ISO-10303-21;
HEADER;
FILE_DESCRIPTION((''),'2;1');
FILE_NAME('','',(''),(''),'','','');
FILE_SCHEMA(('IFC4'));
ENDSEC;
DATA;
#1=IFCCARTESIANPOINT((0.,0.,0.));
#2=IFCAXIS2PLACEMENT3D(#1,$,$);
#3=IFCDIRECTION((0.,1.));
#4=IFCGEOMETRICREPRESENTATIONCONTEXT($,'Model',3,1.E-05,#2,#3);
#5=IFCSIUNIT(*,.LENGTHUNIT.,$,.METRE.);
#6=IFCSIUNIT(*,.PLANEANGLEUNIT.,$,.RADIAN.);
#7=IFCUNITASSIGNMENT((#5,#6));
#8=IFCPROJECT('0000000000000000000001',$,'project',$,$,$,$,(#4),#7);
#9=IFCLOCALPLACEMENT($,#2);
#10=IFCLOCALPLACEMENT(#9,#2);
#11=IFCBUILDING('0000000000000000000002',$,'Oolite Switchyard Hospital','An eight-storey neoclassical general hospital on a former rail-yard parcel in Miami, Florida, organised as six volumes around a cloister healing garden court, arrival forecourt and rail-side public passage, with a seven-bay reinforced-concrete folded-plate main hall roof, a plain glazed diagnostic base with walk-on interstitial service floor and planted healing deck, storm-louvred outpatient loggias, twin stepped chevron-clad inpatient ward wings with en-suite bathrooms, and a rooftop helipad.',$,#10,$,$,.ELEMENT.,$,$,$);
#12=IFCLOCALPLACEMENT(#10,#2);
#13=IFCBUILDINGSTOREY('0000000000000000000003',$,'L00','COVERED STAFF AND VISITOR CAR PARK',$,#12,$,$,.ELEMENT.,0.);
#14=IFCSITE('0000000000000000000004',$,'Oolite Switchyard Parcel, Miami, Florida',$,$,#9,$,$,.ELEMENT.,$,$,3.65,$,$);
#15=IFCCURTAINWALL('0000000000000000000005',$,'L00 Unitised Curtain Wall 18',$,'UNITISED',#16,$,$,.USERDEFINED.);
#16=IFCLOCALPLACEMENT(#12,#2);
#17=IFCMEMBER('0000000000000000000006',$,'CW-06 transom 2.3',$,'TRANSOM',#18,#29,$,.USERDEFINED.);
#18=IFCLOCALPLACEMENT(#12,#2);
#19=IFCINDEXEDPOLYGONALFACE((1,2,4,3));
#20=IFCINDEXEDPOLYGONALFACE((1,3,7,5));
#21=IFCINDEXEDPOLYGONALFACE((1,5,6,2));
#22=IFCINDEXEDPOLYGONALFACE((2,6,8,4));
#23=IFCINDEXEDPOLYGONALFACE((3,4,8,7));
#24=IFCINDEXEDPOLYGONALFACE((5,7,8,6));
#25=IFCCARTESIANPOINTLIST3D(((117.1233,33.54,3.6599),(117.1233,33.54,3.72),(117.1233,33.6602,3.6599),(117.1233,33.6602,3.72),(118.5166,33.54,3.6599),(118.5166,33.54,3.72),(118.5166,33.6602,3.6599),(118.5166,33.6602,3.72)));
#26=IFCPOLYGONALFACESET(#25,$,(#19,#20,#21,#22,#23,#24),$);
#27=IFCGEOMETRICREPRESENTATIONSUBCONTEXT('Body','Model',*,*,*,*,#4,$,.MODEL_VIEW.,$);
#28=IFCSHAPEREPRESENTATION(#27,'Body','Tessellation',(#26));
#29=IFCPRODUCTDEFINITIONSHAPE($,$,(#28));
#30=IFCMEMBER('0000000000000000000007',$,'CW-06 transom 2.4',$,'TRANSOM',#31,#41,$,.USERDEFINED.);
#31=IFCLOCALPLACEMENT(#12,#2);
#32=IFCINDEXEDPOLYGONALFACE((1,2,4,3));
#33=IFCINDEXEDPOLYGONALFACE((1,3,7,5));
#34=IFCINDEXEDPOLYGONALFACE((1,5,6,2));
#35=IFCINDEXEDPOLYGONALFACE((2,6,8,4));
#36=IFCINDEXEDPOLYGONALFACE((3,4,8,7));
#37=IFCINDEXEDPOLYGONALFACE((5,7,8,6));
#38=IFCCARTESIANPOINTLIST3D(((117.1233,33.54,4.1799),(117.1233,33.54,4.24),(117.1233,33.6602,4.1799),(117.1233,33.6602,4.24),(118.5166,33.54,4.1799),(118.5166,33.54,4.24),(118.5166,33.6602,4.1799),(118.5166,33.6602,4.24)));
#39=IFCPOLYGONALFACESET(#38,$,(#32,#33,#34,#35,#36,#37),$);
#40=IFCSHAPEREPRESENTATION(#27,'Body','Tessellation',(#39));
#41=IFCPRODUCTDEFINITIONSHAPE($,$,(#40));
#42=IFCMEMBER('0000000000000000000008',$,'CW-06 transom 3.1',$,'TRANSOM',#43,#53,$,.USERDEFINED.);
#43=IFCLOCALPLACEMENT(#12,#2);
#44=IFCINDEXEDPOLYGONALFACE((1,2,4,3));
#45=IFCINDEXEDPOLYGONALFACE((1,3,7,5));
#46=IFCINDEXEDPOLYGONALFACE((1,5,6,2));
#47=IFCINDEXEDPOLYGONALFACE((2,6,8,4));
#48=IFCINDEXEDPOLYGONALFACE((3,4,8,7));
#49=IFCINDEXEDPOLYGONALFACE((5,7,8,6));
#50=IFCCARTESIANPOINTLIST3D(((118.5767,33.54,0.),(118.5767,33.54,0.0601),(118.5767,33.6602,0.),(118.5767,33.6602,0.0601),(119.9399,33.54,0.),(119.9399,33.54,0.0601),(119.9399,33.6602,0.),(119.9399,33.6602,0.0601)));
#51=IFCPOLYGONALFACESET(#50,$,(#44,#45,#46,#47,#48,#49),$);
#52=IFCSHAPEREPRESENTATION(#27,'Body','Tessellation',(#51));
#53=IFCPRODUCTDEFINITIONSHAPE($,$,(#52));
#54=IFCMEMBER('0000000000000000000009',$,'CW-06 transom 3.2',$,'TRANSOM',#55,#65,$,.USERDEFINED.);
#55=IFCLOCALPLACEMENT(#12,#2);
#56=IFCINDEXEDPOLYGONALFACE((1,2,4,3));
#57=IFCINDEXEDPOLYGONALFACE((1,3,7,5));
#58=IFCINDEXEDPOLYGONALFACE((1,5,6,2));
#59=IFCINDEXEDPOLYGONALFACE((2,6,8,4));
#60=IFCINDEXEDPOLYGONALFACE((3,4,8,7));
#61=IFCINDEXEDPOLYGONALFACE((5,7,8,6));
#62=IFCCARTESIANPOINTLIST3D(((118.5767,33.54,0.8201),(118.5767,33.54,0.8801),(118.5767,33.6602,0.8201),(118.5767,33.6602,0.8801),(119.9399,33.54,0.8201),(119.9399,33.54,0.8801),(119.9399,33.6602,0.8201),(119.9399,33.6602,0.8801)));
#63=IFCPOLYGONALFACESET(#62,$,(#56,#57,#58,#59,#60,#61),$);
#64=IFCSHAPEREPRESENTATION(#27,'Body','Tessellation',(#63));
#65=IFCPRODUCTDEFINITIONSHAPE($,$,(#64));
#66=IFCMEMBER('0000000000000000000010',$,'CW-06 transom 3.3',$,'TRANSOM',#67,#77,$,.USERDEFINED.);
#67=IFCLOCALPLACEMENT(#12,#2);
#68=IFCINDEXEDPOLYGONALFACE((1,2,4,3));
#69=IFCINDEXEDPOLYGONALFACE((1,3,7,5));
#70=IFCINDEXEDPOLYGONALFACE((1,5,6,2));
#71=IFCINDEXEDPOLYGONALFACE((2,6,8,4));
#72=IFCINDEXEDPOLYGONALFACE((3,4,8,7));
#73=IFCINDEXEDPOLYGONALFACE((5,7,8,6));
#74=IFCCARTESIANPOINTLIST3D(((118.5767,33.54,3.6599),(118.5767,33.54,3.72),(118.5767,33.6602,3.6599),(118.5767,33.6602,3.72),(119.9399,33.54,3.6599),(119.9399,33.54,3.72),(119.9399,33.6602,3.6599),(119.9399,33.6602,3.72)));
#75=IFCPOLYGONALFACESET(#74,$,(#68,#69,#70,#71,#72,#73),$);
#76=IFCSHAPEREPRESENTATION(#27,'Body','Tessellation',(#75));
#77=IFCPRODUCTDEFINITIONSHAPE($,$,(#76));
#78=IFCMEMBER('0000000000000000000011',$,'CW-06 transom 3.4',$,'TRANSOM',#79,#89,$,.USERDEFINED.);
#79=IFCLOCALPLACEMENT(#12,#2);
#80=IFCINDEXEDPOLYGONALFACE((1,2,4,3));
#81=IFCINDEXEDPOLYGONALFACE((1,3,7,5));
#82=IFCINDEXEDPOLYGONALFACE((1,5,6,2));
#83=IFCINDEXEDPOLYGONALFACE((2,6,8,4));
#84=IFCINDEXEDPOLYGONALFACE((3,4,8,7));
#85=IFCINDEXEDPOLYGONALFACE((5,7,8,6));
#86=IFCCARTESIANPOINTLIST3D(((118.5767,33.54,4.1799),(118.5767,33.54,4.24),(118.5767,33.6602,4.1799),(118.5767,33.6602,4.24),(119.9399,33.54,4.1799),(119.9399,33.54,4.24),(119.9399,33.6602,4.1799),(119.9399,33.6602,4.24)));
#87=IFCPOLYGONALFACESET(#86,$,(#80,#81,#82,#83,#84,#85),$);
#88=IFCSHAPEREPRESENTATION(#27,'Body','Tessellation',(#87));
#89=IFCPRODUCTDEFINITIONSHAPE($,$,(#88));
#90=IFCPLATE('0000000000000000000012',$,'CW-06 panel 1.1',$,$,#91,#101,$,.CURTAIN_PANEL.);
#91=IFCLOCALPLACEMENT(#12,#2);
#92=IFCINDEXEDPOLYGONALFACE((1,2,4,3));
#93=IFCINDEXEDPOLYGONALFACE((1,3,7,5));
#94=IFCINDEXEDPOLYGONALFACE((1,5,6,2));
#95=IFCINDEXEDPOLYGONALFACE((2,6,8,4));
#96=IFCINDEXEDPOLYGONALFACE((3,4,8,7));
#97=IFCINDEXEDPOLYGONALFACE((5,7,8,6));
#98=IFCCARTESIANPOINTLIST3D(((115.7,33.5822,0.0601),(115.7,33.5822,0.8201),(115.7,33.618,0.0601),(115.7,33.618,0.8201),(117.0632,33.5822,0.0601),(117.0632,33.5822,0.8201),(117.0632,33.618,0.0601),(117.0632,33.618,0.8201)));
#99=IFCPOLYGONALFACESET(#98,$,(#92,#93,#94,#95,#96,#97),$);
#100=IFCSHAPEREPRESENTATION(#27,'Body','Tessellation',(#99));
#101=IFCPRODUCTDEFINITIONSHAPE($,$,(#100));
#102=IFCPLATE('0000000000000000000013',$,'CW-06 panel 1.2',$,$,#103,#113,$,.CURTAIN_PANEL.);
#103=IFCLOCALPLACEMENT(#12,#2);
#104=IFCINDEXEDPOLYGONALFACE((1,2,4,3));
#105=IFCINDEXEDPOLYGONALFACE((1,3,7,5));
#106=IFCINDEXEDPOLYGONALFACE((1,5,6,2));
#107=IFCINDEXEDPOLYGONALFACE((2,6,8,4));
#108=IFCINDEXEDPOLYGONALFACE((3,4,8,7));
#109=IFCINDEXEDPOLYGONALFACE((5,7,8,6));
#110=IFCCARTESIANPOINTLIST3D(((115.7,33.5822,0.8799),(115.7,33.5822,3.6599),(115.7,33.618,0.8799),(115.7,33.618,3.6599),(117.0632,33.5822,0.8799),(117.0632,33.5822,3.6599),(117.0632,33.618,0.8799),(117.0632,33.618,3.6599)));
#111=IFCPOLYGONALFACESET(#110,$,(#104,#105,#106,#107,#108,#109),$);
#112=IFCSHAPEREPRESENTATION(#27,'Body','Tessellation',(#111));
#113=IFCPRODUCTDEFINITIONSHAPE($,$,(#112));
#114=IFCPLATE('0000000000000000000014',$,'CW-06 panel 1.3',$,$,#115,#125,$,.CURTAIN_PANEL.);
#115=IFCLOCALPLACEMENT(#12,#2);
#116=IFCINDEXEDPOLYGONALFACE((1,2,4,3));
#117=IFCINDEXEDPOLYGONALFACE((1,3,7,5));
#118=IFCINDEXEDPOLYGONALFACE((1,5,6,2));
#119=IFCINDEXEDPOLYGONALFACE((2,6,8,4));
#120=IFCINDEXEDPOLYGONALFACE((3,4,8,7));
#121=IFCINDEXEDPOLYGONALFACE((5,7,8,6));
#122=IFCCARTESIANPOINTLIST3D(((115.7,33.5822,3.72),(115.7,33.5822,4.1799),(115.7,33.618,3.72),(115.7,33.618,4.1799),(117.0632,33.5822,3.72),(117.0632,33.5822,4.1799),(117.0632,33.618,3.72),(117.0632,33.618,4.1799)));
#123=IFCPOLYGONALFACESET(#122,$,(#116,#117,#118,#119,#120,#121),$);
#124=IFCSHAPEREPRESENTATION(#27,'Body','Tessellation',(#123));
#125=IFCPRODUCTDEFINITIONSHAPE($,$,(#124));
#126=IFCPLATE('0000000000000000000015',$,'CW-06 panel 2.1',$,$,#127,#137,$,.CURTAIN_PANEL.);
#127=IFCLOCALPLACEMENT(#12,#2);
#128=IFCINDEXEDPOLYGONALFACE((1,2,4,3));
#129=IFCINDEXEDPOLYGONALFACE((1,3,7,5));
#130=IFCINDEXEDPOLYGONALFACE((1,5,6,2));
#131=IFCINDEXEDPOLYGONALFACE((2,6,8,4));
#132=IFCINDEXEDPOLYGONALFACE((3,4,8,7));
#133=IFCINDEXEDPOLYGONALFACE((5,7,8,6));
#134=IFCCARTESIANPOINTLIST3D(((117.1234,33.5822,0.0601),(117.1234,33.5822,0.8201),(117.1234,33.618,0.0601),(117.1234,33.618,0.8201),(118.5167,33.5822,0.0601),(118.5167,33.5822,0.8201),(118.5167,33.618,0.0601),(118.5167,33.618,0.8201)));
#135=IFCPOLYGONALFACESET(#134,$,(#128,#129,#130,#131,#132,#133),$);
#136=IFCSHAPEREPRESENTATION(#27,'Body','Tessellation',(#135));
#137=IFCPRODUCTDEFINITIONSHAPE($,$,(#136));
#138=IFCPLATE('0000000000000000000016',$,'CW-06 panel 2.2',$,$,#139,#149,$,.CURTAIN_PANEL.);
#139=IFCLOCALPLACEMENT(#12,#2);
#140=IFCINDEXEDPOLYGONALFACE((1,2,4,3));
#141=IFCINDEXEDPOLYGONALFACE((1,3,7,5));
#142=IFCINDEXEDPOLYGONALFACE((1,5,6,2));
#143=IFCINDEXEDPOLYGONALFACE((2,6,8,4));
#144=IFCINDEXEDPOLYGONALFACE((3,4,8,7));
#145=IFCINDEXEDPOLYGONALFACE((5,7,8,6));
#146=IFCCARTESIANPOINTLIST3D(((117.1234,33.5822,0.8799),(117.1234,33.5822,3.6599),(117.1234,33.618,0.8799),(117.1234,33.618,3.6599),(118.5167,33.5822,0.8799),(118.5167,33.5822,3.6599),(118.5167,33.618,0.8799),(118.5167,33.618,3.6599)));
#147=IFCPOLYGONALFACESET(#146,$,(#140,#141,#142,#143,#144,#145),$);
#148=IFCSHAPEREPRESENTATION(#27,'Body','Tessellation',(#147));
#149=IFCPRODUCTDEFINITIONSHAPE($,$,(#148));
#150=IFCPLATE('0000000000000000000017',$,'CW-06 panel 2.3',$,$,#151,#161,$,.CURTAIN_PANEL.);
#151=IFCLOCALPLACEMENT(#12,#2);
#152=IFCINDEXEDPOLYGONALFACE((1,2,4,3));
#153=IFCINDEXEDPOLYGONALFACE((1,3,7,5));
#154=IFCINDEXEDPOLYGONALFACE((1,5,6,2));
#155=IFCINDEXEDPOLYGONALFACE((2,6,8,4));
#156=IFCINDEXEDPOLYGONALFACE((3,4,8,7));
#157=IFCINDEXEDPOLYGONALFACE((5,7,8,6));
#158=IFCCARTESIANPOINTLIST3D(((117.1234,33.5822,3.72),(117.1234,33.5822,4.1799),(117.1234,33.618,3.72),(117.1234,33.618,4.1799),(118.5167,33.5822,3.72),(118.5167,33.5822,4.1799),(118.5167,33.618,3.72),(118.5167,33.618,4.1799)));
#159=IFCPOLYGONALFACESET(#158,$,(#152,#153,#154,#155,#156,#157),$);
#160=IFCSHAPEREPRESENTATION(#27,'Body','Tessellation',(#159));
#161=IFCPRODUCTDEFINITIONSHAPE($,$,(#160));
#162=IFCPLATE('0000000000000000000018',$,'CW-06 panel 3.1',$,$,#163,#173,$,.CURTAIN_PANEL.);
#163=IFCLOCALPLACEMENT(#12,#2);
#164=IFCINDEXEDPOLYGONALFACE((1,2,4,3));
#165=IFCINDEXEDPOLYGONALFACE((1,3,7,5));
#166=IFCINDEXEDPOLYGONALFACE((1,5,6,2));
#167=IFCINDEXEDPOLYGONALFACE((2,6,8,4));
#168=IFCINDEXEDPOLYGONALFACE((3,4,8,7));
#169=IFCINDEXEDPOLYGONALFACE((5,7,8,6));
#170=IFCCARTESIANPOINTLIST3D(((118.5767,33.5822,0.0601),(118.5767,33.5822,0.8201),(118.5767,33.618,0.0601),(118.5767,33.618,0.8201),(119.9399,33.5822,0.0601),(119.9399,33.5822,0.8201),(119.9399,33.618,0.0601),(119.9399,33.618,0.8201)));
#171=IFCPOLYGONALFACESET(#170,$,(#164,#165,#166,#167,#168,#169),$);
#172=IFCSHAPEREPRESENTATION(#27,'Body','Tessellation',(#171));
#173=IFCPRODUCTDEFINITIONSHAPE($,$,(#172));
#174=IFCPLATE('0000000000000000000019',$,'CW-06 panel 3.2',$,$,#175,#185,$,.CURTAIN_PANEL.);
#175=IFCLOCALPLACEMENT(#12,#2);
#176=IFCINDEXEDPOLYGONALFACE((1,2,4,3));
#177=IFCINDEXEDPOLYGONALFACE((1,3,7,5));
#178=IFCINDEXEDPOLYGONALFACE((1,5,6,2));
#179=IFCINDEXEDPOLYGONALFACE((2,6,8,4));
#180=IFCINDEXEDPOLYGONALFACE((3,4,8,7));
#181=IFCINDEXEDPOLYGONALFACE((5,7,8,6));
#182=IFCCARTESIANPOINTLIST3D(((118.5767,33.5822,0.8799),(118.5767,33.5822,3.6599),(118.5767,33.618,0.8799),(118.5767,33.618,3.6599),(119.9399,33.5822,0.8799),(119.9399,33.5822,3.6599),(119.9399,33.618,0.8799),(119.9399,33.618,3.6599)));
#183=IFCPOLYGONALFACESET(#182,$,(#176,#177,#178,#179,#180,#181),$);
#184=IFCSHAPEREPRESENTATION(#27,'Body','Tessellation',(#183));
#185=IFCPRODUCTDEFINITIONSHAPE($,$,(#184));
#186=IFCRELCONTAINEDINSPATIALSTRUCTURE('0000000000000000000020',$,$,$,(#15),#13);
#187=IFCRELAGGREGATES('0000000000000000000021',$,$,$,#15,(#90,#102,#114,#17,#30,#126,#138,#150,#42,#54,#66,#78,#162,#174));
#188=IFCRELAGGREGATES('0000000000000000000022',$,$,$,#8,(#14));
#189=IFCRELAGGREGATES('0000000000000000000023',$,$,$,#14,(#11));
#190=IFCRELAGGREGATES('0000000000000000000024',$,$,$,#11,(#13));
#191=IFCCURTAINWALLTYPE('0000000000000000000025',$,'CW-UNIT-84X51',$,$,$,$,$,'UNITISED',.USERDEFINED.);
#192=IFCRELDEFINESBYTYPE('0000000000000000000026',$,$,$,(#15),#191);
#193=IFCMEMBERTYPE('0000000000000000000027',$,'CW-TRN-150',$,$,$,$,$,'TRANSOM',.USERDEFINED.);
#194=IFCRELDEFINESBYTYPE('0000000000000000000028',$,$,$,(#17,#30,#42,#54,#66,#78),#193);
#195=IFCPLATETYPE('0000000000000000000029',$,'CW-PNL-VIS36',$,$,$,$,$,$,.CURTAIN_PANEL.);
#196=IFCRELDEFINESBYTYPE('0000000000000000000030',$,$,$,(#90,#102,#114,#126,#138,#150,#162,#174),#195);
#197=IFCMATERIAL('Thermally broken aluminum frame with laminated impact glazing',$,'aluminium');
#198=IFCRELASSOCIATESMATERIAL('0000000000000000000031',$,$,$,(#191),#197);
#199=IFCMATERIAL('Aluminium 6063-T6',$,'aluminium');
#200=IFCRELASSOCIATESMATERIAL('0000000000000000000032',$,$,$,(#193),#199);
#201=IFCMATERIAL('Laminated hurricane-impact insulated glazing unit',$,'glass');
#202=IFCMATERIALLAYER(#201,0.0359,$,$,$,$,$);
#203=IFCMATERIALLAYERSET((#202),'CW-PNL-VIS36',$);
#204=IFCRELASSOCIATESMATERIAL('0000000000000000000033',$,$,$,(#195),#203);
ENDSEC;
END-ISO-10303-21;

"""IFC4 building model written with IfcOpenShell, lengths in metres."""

from ifc_helpers import new_model, si_unit, direction, frame, origin, origin_2d, place, context, subcontext, project, spatial, rectangle, extrude, material, layer, layer_set, material_profile, profile_set, type_object, element, aggregate, save


model = new_model("IFC4")

# Units and contexts
model_context = context("Model", 3, precision=1e-05, world=origin(), true_north=direction((0.0, 1.0)))
body_context = subcontext(model_context, "Body", "Model", "MODEL_VIEW")
ifc_project = project(units=[si_unit("LENGTHUNIT", "METRE"), si_unit("PLANEANGLEUNIT", "RADIAN")], contexts=[model_context])

# Site, building, storey
site_placement = place(None, origin())
site = spatial("IfcSite", under=ifc_project, at=site_placement, Name="Oolite Switchyard Parcel, Miami, Florida", CompositionType="ELEMENT", RefElevation=3.65)
building_placement = place(site_placement, origin())
building = spatial("IfcBuilding", under=site, at=building_placement, Name="Oolite Switchyard Hospital", Description="An eight-storey neoclassical general hospital on a former rail-yard parcel in Miami, Florida, organised as six volumes around a cloister healing garden court, arrival forecourt and rail-side public passage, with a seven-bay reinforced-concrete folded-plate main hall roof, a plain glazed diagnostic base with walk-on interstitial service floor and planted healing deck, storm-louvred outpatient loggias, twin stepped chevron-clad inpatient ward wings with en-suite bathrooms, and a rooftop helipad.", CompositionType="ELEMENT")
storey_placement = place(building_placement, origin())
storey = spatial("IfcBuildingStorey", under=building, at=storey_placement, Name="L00", Description="COVERED STAFF AND VISITOR CAR PARK", CompositionType="ELEMENT", Elevation=0.0)

# Curtain wall, members, plates
ifc_material_1 = material(Name="Thermally broken aluminum frame with laminated impact glazing", Category="aluminium")
curtain_wall_type = type_object("IfcCurtainWallType", Name="CW-UNIT-84X51", ElementType="UNITISED", PredefinedType="USERDEFINED", material=ifc_material_1)
curtain_wall_placement = place(storey_placement, origin())
curtain_wall = element("IfcCurtainWall", 1, at=curtain_wall_placement, inside=storey, type_object=curtain_wall_type, Name="L00 Unitised Curtain Wall 18", ObjectType="UNITISED", PredefinedType="USERDEFINED")
ifc_material_2 = material(Name="Aluminium 6063-T6", Category="aluminium")
ifc_material_profile_1 = material_profile(ifc_material_2, rectangle(XDim=0.1201, YDim=0.0601, at=origin_2d()), Name="CWT60X120")
ifc_profile_set_1 = profile_set([ifc_material_profile_1], Name="Aluminium 6063-T6")
member_type_1 = type_object("IfcMemberType", Name="CW-TRN-150", ElementType="TRANSOM", PredefinedType="USERDEFINED", material=ifc_profile_set_1)
member_1_placement = place(storey_placement, frame((117.1233, 33.6001, 3.6899), z_axis=(1.0, 0.0, 0.0), x_axis=(0.0, 1.0, 0.0)))
member_1 = element("IfcMember", 2, at=member_1_placement, type_object=member_type_1, Name="CW-06 transom 2.3", ObjectType="TRANSOM", PredefinedType="USERDEFINED", context=body_context, shape_type="SweptSolid", body=[
    extrude(rectangle(XDim=0.1201, YDim=0.0601, at=origin_2d()), origin(), (0.0, 0.0, 1.0), 1.3933),
])
member_2_placement = place(storey_placement, frame((117.1233, 33.6001, 4.21), z_axis=(1.0, 0.0, 0.0), x_axis=(0.0, 1.0, 0.0)))
member_2 = element("IfcMember", 3, at=member_2_placement, type_object=member_type_1, Name="CW-06 transom 2.4", ObjectType="TRANSOM", PredefinedType="USERDEFINED", context=body_context, shape_type="SweptSolid", body=[
    extrude(rectangle(XDim=0.1201, YDim=0.0601, at=origin_2d()), origin(), (0.0, 0.0, 1.0), 1.3933),
])
member_3_placement = place(storey_placement, frame((118.5767, 33.6001, 0.03), z_axis=(1.0, 0.0, 0.0), x_axis=(0.0, 1.0, 0.0)))
member_3 = element("IfcMember", 4, at=member_3_placement, type_object=member_type_1, Name="CW-06 transom 3.1", ObjectType="TRANSOM", PredefinedType="USERDEFINED", context=body_context, shape_type="SweptSolid", body=[
    extrude(rectangle(XDim=0.1201, YDim=0.0601, at=origin_2d()), origin(), (0.0, 0.0, 1.0), 1.3633),
])
member_4_placement = place(storey_placement, frame((118.5767, 33.6001, 0.8501), z_axis=(1.0, 0.0, 0.0), x_axis=(0.0, 1.0, 0.0)))
member_4 = element("IfcMember", 5, at=member_4_placement, type_object=member_type_1, Name="CW-06 transom 3.2", ObjectType="TRANSOM", PredefinedType="USERDEFINED", context=body_context, shape_type="SweptSolid", body=[
    extrude(rectangle(XDim=0.1201, YDim=0.0601, at=origin_2d()), origin(), (0.0, 0.0, 1.0), 1.3633),
])
member_5_placement = place(storey_placement, frame((118.5767, 33.6001, 3.6899), z_axis=(1.0, 0.0, 0.0), x_axis=(0.0, 1.0, 0.0)))
member_5 = element("IfcMember", 6, at=member_5_placement, type_object=member_type_1, Name="CW-06 transom 3.3", ObjectType="TRANSOM", PredefinedType="USERDEFINED", context=body_context, shape_type="SweptSolid", body=[
    extrude(rectangle(XDim=0.1201, YDim=0.0601, at=origin_2d()), origin(), (0.0, 0.0, 1.0), 1.3633),
])
member_6_placement = place(storey_placement, frame((118.5767, 33.6001, 4.21), z_axis=(1.0, 0.0, 0.0), x_axis=(0.0, 1.0, 0.0)))
member_6 = element("IfcMember", 7, at=member_6_placement, type_object=member_type_1, Name="CW-06 transom 3.4", ObjectType="TRANSOM", PredefinedType="USERDEFINED", context=body_context, shape_type="SweptSolid", body=[
    extrude(rectangle(XDim=0.1201, YDim=0.0601, at=origin_2d()), origin(), (0.0, 0.0, 1.0), 1.3633),
])
ifc_material_3 = material(Name="Laminated hurricane-impact insulated glazing unit", Category="glass")
ifc_layer = layer(ifc_material_3, 0.0359)
ifc_layer_set = layer_set([ifc_layer], Name="CW-PNL-VIS36")
plate_type = type_object("IfcPlateType", Name="CW-PNL-VIS36", PredefinedType="CURTAIN_PANEL", material=ifc_layer_set)
plate_1_placement = place(storey_placement, frame((116.3816, 33.6001, 0.0601), z_axis=(0.0, 0.0, 1.0), x_axis=(1.0, 0.0, 0.0)))
plate_1 = element("IfcPlate", 8, at=plate_1_placement, type_object=plate_type, Name="CW-06 panel 1.1", PredefinedType="CURTAIN_PANEL", context=body_context, shape_type="SweptSolid", body=[
    extrude(rectangle(XDim=1.3633, YDim=0.0359, at=origin_2d()), origin(), (0.0, 0.0, 1.0), 0.76),
])
plate_2_placement = place(storey_placement, frame((116.3816, 33.6001, 0.8799), z_axis=(0.0, 0.0, 1.0), x_axis=(1.0, 0.0, 0.0)))
plate_2 = element("IfcPlate", 9, at=plate_2_placement, type_object=plate_type, Name="CW-06 panel 1.2", PredefinedType="CURTAIN_PANEL", context=body_context, shape_type="SweptSolid", body=[
    extrude(rectangle(XDim=1.3633, YDim=0.0359, at=origin_2d()), origin(), (0.0, 0.0, 1.0), 2.78),
])
plate_3_placement = place(storey_placement, frame((116.3816, 33.6001, 3.72), z_axis=(0.0, 0.0, 1.0), x_axis=(1.0, 0.0, 0.0)))
plate_3 = element("IfcPlate", 10, at=plate_3_placement, type_object=plate_type, Name="CW-06 panel 1.3", PredefinedType="CURTAIN_PANEL", context=body_context, shape_type="SweptSolid", body=[
    extrude(rectangle(XDim=1.3633, YDim=0.0359, at=origin_2d()), origin(), (0.0, 0.0, 1.0), 0.46),
])
plate_4_placement = place(storey_placement, frame((117.8201, 33.6001, 0.0601), z_axis=(0.0, 0.0, 1.0), x_axis=(1.0, 0.0, 0.0)))
plate_4 = element("IfcPlate", 11, at=plate_4_placement, type_object=plate_type, Name="CW-06 panel 2.1", PredefinedType="CURTAIN_PANEL", context=body_context, shape_type="SweptSolid", body=[
    extrude(rectangle(XDim=1.3933, YDim=0.0359, at=origin_2d()), origin(), (0.0, 0.0, 1.0), 0.76),
])
plate_5_placement = place(storey_placement, frame((117.8201, 33.6001, 0.8799), z_axis=(0.0, 0.0, 1.0), x_axis=(1.0, 0.0, 0.0)))
plate_5 = element("IfcPlate", 12, at=plate_5_placement, type_object=plate_type, Name="CW-06 panel 2.2", PredefinedType="CURTAIN_PANEL", context=body_context, shape_type="SweptSolid", body=[
    extrude(rectangle(XDim=1.3933, YDim=0.0359, at=origin_2d()), origin(), (0.0, 0.0, 1.0), 2.78),
])
plate_6_placement = place(storey_placement, frame((117.8201, 33.6001, 3.72), z_axis=(0.0, 0.0, 1.0), x_axis=(1.0, 0.0, 0.0)))
plate_6 = element("IfcPlate", 13, at=plate_6_placement, type_object=plate_type, Name="CW-06 panel 2.3", PredefinedType="CURTAIN_PANEL", context=body_context, shape_type="SweptSolid", body=[
    extrude(rectangle(XDim=1.3933, YDim=0.0359, at=origin_2d()), origin(), (0.0, 0.0, 1.0), 0.46),
])
plate_7_placement = place(storey_placement, frame((119.2583, 33.6001, 0.0601), z_axis=(0.0, 0.0, 1.0), x_axis=(1.0, 0.0, 0.0)))
plate_7 = element("IfcPlate", 14, at=plate_7_placement, type_object=plate_type, Name="CW-06 panel 3.1", PredefinedType="CURTAIN_PANEL", context=body_context, shape_type="SweptSolid", body=[
    extrude(rectangle(XDim=1.3633, YDim=0.0359, at=origin_2d()), origin(), (0.0, 0.0, 1.0), 0.76),
])
plate_8_placement = place(storey_placement, frame((119.2583, 33.6001, 0.8799), z_axis=(0.0, 0.0, 1.0), x_axis=(1.0, 0.0, 0.0)))
plate_8 = element("IfcPlate", 15, at=plate_8_placement, type_object=plate_type, Name="CW-06 panel 3.2", PredefinedType="CURTAIN_PANEL", context=body_context, shape_type="SweptSolid", body=[
    extrude(rectangle(XDim=1.3633, YDim=0.0359, at=origin_2d()), origin(), (0.0, 0.0, 1.0), 2.78),
])
aggregate(curtain_wall, [plate_1, plate_2, plate_3, member_1, member_2, plate_4, plate_5, plate_6, member_3, member_4, member_5, member_6, plate_7, plate_8])

save(model, "model.ifc")
